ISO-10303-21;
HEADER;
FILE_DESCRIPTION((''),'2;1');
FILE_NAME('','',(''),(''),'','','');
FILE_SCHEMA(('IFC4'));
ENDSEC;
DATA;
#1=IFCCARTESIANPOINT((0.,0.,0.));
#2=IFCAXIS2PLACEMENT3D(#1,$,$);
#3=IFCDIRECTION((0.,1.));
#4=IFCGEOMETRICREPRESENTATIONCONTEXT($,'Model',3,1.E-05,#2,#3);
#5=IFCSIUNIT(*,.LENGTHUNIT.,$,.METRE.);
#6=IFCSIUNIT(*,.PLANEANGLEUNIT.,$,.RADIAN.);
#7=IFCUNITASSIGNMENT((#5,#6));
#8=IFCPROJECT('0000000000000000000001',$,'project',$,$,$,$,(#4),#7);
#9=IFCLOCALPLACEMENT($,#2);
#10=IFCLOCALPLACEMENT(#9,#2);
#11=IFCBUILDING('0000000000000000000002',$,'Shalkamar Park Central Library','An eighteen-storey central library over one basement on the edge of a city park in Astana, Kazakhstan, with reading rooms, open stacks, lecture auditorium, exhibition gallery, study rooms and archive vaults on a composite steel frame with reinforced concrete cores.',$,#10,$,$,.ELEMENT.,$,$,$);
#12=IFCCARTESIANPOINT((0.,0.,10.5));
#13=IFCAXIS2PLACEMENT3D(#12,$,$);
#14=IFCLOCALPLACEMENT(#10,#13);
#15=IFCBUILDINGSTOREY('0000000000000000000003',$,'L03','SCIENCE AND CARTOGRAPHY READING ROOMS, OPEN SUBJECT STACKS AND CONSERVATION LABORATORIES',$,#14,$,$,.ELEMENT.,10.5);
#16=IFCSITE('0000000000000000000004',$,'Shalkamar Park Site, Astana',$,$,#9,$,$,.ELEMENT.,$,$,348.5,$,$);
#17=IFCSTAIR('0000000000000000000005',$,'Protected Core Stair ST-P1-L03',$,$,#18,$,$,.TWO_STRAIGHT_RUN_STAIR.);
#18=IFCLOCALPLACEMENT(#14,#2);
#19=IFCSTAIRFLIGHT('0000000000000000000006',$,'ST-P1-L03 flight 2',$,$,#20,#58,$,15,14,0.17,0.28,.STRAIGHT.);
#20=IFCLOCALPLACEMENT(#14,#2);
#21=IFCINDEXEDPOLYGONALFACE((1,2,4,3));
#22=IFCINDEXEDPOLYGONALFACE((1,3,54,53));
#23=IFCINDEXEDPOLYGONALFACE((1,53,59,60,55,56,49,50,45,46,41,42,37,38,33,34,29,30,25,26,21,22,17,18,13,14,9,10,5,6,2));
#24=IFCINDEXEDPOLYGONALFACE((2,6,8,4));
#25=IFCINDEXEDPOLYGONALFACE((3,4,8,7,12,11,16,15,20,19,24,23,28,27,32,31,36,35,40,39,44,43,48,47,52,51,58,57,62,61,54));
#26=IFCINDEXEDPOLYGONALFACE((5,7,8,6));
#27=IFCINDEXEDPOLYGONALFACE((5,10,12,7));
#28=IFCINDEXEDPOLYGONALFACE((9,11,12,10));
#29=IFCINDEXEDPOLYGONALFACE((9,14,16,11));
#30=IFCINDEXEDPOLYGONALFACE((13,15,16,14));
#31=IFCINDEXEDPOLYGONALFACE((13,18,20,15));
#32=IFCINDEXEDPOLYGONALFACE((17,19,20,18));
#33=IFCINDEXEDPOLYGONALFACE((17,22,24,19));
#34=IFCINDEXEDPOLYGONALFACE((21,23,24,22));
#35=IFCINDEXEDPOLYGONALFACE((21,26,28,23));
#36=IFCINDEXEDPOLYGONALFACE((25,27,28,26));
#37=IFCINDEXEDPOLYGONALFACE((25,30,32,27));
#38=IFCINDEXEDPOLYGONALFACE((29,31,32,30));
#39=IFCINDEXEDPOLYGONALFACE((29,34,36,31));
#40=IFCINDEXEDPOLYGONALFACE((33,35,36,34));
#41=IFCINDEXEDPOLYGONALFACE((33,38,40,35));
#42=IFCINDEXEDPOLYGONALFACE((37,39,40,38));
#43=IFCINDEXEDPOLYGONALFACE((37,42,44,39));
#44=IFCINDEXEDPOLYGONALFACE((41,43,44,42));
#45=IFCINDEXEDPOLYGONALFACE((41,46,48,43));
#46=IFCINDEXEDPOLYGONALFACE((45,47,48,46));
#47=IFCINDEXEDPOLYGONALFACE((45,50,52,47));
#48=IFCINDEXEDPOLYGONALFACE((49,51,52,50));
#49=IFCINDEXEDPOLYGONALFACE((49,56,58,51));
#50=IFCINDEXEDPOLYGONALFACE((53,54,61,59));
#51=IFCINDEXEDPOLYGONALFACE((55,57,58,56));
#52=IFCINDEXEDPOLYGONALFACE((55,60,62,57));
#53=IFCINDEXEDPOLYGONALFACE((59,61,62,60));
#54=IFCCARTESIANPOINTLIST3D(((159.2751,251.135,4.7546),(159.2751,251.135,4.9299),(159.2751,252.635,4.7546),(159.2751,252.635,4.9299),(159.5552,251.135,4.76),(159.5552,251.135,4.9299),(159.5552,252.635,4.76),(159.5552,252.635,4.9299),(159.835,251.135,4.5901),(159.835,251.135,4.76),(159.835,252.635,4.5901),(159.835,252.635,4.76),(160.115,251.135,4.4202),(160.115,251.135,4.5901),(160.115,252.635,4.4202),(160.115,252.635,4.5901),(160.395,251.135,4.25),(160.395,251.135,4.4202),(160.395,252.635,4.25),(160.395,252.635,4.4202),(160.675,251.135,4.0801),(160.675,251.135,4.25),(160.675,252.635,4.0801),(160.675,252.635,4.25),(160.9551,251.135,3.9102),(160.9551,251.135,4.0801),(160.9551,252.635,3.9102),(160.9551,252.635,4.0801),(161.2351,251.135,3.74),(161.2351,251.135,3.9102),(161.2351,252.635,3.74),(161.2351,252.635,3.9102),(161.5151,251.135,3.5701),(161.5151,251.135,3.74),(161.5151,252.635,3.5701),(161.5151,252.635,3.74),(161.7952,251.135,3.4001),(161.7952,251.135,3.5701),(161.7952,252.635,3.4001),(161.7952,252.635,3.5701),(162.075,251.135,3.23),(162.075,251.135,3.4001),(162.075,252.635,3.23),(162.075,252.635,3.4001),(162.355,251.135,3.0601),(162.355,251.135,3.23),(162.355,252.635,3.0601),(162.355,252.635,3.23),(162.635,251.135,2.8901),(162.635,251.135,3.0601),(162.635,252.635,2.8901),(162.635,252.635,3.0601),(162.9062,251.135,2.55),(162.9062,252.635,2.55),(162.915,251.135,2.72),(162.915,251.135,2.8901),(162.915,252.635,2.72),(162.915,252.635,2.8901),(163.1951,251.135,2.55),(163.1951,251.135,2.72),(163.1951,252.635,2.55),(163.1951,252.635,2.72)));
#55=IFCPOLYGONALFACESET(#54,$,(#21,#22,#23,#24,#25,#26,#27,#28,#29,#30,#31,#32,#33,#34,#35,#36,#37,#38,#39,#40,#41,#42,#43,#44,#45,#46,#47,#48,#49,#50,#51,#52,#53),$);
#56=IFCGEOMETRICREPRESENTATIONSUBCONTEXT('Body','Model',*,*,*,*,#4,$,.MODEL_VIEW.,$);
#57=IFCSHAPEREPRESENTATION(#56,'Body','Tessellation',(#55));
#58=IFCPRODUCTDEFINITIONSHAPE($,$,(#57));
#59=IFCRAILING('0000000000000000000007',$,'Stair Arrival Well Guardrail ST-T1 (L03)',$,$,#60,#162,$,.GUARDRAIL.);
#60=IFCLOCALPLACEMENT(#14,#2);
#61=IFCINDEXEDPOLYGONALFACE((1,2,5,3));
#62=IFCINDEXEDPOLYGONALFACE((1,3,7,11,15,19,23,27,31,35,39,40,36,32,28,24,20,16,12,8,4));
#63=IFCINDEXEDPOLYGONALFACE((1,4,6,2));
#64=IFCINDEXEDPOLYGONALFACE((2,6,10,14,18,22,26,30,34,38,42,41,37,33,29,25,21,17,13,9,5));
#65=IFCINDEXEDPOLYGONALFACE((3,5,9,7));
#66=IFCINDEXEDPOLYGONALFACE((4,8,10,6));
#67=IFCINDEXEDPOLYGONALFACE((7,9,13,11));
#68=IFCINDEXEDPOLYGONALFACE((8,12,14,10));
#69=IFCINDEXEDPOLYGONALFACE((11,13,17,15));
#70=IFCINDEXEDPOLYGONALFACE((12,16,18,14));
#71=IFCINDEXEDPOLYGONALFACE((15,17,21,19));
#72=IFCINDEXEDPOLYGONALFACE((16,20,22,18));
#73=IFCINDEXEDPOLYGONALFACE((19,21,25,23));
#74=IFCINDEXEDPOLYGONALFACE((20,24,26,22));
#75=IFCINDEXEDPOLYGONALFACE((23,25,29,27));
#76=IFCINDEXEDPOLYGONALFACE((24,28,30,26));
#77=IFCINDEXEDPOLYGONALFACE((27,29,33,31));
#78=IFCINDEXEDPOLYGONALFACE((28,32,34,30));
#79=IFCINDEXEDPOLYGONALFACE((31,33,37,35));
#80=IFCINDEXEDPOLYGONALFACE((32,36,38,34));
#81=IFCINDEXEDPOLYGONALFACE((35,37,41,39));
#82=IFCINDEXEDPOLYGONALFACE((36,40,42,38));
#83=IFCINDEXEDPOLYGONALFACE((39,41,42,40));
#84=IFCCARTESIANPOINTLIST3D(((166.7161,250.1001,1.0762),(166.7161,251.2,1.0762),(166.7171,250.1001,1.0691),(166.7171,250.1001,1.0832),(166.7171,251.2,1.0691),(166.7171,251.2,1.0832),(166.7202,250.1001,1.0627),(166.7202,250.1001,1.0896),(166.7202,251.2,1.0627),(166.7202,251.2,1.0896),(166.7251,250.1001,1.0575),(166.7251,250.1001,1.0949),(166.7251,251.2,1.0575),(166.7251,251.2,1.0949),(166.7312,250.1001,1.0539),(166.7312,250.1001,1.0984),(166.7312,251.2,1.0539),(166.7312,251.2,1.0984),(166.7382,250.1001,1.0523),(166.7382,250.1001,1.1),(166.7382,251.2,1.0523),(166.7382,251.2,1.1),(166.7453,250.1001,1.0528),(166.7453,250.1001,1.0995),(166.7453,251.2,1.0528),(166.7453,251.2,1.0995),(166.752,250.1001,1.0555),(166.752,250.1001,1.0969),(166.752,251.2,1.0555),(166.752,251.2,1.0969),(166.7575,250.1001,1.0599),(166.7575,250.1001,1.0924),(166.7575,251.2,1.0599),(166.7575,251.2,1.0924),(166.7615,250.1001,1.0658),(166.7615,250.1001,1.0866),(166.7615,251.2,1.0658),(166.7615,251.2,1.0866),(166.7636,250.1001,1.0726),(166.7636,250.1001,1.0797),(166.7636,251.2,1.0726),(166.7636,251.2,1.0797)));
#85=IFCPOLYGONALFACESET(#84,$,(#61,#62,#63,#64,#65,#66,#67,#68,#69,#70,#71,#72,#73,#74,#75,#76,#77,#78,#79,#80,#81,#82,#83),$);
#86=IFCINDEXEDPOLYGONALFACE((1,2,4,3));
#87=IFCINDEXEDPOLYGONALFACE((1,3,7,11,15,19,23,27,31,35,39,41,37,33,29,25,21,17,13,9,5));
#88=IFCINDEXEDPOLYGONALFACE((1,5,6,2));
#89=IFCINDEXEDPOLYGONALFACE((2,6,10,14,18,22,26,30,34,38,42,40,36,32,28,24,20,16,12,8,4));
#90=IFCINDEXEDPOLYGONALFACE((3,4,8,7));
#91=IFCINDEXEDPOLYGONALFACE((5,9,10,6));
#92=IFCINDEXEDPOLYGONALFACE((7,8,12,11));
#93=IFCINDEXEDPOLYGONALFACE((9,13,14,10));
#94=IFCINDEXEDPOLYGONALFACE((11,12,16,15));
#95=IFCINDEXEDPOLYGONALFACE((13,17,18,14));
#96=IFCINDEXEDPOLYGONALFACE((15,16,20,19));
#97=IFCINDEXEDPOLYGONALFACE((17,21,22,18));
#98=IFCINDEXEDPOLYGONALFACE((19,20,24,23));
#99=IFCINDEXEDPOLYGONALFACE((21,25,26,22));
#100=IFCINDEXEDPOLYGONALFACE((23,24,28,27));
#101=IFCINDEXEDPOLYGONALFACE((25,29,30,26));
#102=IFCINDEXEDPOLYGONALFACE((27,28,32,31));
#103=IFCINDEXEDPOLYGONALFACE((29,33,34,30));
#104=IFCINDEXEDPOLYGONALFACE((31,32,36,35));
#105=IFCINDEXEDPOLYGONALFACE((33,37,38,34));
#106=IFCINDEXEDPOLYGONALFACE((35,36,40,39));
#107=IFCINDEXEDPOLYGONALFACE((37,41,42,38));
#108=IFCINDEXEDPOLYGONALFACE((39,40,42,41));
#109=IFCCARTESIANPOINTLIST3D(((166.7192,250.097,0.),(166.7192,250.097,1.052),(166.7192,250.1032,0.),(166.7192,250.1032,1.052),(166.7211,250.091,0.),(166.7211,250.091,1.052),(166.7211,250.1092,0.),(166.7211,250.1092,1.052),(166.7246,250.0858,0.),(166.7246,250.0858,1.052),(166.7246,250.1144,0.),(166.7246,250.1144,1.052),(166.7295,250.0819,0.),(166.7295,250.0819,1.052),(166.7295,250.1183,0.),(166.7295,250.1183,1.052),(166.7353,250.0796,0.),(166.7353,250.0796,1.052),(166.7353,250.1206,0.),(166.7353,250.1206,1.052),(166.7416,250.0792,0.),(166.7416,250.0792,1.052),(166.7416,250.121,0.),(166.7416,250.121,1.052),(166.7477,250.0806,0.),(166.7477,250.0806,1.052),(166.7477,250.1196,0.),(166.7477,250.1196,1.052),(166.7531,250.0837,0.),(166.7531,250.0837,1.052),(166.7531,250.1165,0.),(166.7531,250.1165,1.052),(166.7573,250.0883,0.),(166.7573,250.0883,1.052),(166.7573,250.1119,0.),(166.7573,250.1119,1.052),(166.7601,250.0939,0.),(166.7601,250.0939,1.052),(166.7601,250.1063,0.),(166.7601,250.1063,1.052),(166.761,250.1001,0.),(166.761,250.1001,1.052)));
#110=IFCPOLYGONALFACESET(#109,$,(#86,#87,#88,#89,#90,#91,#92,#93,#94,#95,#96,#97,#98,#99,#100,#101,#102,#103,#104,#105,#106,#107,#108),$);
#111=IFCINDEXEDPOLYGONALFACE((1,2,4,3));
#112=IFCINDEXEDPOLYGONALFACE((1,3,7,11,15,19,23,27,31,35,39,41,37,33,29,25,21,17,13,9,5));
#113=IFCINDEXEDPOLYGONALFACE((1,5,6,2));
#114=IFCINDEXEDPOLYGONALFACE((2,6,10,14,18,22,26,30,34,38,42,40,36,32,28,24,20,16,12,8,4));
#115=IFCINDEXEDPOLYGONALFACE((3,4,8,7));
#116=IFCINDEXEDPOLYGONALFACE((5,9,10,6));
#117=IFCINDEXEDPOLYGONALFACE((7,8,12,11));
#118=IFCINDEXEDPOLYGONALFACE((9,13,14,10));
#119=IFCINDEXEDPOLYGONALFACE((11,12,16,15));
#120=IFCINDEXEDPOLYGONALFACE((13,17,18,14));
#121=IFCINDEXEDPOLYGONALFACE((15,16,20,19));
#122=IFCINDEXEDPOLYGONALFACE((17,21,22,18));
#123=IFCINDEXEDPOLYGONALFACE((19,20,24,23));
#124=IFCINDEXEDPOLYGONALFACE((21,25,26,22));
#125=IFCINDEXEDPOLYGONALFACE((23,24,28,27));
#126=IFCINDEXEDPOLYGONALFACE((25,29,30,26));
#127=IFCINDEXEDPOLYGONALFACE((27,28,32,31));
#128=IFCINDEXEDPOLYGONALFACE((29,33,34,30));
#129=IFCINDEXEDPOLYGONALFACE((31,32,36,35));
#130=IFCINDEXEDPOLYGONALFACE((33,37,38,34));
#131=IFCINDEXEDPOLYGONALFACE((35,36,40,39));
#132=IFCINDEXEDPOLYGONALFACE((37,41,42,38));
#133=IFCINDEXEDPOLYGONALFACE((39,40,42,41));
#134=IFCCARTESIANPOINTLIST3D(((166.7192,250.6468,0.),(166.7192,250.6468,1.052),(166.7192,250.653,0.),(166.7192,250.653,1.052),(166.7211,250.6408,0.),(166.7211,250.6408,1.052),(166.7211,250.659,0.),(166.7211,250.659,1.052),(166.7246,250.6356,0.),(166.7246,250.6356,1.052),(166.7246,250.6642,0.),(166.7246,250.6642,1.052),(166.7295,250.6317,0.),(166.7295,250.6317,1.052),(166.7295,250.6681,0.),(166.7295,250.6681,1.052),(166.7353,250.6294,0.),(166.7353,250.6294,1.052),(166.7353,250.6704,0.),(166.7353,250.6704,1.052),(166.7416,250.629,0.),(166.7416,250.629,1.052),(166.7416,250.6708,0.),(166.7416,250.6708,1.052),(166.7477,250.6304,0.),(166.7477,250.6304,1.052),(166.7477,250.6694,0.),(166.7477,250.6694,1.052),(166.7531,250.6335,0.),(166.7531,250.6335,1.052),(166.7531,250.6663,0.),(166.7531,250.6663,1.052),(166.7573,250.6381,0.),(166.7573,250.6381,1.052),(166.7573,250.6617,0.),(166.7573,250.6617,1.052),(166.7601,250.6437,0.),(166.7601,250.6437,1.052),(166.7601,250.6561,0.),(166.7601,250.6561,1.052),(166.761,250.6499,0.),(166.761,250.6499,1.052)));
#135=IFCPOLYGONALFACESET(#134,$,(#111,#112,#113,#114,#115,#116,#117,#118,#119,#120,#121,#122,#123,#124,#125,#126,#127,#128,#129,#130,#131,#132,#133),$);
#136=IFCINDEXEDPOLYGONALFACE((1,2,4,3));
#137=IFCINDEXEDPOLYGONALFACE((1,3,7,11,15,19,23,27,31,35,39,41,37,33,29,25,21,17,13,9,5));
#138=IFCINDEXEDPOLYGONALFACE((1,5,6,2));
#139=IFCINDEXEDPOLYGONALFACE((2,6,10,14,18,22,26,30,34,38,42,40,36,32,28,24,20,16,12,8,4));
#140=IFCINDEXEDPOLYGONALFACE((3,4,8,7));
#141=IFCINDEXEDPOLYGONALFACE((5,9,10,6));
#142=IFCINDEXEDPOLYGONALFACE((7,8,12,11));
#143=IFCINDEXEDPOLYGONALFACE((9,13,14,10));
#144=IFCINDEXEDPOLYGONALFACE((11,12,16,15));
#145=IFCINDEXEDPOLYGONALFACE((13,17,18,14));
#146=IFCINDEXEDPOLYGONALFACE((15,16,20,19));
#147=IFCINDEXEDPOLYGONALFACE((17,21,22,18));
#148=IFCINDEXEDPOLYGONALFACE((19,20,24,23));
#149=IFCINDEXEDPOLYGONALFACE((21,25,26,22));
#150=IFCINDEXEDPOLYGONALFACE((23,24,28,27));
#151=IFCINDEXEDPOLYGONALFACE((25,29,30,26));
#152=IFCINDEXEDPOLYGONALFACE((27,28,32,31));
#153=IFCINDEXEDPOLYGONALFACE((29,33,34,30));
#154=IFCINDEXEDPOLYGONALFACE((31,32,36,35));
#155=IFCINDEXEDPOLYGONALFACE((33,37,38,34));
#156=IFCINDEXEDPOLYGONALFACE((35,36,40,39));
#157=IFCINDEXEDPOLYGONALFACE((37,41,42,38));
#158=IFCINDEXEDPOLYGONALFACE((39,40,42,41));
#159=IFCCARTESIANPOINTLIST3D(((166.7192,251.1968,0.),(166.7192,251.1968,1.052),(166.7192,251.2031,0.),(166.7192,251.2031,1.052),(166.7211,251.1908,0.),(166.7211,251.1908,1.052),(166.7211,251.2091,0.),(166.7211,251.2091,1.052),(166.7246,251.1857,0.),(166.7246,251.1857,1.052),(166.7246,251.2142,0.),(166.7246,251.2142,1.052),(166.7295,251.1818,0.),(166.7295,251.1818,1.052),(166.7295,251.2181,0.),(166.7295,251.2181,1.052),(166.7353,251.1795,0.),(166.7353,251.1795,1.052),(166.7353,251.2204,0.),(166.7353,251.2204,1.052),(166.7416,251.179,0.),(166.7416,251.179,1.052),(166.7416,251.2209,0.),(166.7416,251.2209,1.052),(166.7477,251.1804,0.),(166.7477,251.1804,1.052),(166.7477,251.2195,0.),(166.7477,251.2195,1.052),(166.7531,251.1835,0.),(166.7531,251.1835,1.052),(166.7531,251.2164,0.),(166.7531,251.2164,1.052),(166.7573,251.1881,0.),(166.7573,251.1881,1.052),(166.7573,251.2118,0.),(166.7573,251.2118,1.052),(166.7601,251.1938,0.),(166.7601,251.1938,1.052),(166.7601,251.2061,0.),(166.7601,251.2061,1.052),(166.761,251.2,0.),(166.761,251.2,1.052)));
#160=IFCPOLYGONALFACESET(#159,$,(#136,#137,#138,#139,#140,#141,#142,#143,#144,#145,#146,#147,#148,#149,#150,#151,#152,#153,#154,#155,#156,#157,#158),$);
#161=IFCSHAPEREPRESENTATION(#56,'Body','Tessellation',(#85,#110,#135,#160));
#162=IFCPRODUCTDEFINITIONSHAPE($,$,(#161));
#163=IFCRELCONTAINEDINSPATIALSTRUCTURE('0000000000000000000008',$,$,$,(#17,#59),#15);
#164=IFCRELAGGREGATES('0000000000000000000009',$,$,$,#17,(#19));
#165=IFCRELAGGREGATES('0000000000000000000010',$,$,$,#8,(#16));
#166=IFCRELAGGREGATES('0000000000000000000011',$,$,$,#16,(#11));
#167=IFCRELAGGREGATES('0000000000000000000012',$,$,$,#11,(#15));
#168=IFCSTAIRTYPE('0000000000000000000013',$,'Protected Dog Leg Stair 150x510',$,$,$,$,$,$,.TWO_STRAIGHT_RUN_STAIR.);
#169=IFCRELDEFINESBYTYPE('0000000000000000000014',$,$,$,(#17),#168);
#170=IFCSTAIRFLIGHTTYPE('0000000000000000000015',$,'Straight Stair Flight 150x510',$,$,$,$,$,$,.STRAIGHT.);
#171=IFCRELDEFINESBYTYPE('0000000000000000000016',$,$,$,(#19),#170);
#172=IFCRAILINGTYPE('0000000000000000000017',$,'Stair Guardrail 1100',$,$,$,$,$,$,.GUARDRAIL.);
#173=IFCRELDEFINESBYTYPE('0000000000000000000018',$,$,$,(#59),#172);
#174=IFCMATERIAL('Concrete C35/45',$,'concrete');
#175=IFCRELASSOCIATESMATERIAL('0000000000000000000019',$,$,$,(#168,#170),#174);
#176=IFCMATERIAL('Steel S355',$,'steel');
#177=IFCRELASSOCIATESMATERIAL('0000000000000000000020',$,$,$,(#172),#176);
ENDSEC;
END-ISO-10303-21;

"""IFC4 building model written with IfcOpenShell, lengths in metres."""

from ifc_helpers import new_model, si_unit, direction, frame, origin, origin_2d, place, context, subcontext, project, spatial, polyline, circle, outline, extrude, material, type_object, element, aggregate, save


model = new_model("IFC4")

# Units and contexts
model_context = context("Model", 3, precision=1e-05, world=origin(), true_north=direction((0.0, 1.0)))
body_context = subcontext(model_context, "Body", "Model", "MODEL_VIEW")
ifc_project = project(units=[si_unit("LENGTHUNIT", "METRE"), si_unit("PLANEANGLEUNIT", "RADIAN")], contexts=[model_context])

# Site, building, storey
site_placement = place(None, origin())
site = spatial("IfcSite", under=ifc_project, at=site_placement, Name="Shalkamar Park Site, Astana", CompositionType="ELEMENT", RefElevation=348.5)
building_placement = place(site_placement, origin())
building = spatial("IfcBuilding", under=site, at=building_placement, Name="Shalkamar Park Central Library", Description="An eighteen-storey central library over one basement on the edge of a city park in Astana, Kazakhstan, with reading rooms, open stacks, lecture auditorium, exhibition gallery, study rooms and archive vaults on a composite steel frame with reinforced concrete cores.", CompositionType="ELEMENT")
storey_placement = place(building_placement, frame((0.0, 0.0, 10.5)))
storey = spatial("IfcBuildingStorey", under=building, at=storey_placement, Name="L03", Description="SCIENCE AND CARTOGRAPHY READING ROOMS, OPEN SUBJECT STACKS AND CONSERVATION LABORATORIES", CompositionType="ELEMENT", Elevation=10.5)

# Shared definitions
ifc_material_1 = material(Name="Steel S355", Category="steel")

# Stair, stair flight
ifc_material_2 = material(Name="Concrete C35/45", Category="concrete")
stair_type = type_object("IfcStairType", Name="Protected Dog Leg Stair 150x510", PredefinedType="TWO_STRAIGHT_RUN_STAIR", material=ifc_material_2)
stair_flight_type = type_object("IfcStairFlightType", Name="Straight Stair Flight 150x510", PredefinedType="STRAIGHT", material=ifc_material_2)
stair_1_placement = place(storey_placement, origin())
stair_1 = element("IfcStair", 1, at=stair_1_placement, inside=storey, type_object=stair_type, Name="Protected Core Stair ST-P1-L03", PredefinedType="TWO_STRAIGHT_RUN_STAIR")
stair_flight_1_placement = place(storey_placement, frame((163.1951, 251.885, 2.55), z_axis=(0.0, 0.0, 1.0), x_axis=(-1.0, 0.0, 0.0)))
stair_flight_1 = element("IfcStairFlight", 2, at=stair_flight_1_placement, type_object=stair_flight_type, Name="ST-P1-L03 flight 2", NumberOfRisers=15, NumberOfTreads=14, PredefinedType="STRAIGHT", RiserHeight=0.17, TreadLength=0.28, context=body_context, shape_type="SweptSolid", body=[
    extrude(outline(polyline([(0.0, 0.0), (0.0, 0.1699), (0.28, 0.1699), (0.28, 0.3401), (0.5601, 0.3401), (0.5601, 0.51), (0.8401, 0.51), (0.8401, 0.6799), (1.1201, 0.6799), (1.1201, 0.8501), (1.3999, 0.8501), (1.3999, 1.02), (1.6799, 1.02), (1.6799, 1.1899), (1.96, 1.1899), (1.96, 1.3601), (2.24, 1.3601), (2.24, 1.53), (2.52, 1.53), (2.52, 1.7), (2.8, 1.7), (2.8, 1.8701), (3.0801, 1.8701), (3.0801, 2.04), (3.3601, 2.04), (3.3601, 2.21), (3.6399, 2.21), (3.6399, 2.3799), (3.9199, 2.3799), (3.9199, 2.55), (3.9199, 2.2046), (0.2888, 0.0), (0.0, 0.0)])), frame((0.0, 0.75, 0.0), z_axis=(0.0, -1.0, 0.0), x_axis=(1.0, 0.0, 0.0)), (0.0, 0.0, 1.0), 1.5),
])
aggregate(stair_1, [stair_flight_1])

# Railing
railing_type_1 = type_object("IfcRailingType", Name="Stair Guardrail 1100", PredefinedType="GUARDRAIL", material=ifc_material_1)
railing_1_placement = place(storey_placement, frame((166.74, 250.1001, 0.0)))
element("IfcRailing", 3, at=railing_1_placement, inside=storey, type_object=railing_type_1, Name="Stair Arrival Well Guardrail ST-T1 (L03)", PredefinedType="GUARDRAIL", context=body_context, shape_type="SweptSolid", body=[
    extrude(circle(Radius=0.0239, at=origin_2d()), frame((0.0, 0.0, 1.0762), z_axis=(0.0, 1.0, 0.0), x_axis=(-1.0, 0.0, 0.0)), (0.0, 0.0, 1.0), 1.0999),
    extrude(circle(Radius=0.021, at=origin_2d()), origin(), (0.0, 0.0, 1.0), 1.052),
    extrude(circle(Radius=0.021, at=origin_2d()), frame((0.0, 0.5498, 0.0)), (0.0, 0.0, 1.0), 1.052),
    extrude(circle(Radius=0.021, at=origin_2d()), frame((0.0, 1.0999, 0.0)), (0.0, 0.0, 1.0), 1.052),
])

save(model, "model.ifc")
